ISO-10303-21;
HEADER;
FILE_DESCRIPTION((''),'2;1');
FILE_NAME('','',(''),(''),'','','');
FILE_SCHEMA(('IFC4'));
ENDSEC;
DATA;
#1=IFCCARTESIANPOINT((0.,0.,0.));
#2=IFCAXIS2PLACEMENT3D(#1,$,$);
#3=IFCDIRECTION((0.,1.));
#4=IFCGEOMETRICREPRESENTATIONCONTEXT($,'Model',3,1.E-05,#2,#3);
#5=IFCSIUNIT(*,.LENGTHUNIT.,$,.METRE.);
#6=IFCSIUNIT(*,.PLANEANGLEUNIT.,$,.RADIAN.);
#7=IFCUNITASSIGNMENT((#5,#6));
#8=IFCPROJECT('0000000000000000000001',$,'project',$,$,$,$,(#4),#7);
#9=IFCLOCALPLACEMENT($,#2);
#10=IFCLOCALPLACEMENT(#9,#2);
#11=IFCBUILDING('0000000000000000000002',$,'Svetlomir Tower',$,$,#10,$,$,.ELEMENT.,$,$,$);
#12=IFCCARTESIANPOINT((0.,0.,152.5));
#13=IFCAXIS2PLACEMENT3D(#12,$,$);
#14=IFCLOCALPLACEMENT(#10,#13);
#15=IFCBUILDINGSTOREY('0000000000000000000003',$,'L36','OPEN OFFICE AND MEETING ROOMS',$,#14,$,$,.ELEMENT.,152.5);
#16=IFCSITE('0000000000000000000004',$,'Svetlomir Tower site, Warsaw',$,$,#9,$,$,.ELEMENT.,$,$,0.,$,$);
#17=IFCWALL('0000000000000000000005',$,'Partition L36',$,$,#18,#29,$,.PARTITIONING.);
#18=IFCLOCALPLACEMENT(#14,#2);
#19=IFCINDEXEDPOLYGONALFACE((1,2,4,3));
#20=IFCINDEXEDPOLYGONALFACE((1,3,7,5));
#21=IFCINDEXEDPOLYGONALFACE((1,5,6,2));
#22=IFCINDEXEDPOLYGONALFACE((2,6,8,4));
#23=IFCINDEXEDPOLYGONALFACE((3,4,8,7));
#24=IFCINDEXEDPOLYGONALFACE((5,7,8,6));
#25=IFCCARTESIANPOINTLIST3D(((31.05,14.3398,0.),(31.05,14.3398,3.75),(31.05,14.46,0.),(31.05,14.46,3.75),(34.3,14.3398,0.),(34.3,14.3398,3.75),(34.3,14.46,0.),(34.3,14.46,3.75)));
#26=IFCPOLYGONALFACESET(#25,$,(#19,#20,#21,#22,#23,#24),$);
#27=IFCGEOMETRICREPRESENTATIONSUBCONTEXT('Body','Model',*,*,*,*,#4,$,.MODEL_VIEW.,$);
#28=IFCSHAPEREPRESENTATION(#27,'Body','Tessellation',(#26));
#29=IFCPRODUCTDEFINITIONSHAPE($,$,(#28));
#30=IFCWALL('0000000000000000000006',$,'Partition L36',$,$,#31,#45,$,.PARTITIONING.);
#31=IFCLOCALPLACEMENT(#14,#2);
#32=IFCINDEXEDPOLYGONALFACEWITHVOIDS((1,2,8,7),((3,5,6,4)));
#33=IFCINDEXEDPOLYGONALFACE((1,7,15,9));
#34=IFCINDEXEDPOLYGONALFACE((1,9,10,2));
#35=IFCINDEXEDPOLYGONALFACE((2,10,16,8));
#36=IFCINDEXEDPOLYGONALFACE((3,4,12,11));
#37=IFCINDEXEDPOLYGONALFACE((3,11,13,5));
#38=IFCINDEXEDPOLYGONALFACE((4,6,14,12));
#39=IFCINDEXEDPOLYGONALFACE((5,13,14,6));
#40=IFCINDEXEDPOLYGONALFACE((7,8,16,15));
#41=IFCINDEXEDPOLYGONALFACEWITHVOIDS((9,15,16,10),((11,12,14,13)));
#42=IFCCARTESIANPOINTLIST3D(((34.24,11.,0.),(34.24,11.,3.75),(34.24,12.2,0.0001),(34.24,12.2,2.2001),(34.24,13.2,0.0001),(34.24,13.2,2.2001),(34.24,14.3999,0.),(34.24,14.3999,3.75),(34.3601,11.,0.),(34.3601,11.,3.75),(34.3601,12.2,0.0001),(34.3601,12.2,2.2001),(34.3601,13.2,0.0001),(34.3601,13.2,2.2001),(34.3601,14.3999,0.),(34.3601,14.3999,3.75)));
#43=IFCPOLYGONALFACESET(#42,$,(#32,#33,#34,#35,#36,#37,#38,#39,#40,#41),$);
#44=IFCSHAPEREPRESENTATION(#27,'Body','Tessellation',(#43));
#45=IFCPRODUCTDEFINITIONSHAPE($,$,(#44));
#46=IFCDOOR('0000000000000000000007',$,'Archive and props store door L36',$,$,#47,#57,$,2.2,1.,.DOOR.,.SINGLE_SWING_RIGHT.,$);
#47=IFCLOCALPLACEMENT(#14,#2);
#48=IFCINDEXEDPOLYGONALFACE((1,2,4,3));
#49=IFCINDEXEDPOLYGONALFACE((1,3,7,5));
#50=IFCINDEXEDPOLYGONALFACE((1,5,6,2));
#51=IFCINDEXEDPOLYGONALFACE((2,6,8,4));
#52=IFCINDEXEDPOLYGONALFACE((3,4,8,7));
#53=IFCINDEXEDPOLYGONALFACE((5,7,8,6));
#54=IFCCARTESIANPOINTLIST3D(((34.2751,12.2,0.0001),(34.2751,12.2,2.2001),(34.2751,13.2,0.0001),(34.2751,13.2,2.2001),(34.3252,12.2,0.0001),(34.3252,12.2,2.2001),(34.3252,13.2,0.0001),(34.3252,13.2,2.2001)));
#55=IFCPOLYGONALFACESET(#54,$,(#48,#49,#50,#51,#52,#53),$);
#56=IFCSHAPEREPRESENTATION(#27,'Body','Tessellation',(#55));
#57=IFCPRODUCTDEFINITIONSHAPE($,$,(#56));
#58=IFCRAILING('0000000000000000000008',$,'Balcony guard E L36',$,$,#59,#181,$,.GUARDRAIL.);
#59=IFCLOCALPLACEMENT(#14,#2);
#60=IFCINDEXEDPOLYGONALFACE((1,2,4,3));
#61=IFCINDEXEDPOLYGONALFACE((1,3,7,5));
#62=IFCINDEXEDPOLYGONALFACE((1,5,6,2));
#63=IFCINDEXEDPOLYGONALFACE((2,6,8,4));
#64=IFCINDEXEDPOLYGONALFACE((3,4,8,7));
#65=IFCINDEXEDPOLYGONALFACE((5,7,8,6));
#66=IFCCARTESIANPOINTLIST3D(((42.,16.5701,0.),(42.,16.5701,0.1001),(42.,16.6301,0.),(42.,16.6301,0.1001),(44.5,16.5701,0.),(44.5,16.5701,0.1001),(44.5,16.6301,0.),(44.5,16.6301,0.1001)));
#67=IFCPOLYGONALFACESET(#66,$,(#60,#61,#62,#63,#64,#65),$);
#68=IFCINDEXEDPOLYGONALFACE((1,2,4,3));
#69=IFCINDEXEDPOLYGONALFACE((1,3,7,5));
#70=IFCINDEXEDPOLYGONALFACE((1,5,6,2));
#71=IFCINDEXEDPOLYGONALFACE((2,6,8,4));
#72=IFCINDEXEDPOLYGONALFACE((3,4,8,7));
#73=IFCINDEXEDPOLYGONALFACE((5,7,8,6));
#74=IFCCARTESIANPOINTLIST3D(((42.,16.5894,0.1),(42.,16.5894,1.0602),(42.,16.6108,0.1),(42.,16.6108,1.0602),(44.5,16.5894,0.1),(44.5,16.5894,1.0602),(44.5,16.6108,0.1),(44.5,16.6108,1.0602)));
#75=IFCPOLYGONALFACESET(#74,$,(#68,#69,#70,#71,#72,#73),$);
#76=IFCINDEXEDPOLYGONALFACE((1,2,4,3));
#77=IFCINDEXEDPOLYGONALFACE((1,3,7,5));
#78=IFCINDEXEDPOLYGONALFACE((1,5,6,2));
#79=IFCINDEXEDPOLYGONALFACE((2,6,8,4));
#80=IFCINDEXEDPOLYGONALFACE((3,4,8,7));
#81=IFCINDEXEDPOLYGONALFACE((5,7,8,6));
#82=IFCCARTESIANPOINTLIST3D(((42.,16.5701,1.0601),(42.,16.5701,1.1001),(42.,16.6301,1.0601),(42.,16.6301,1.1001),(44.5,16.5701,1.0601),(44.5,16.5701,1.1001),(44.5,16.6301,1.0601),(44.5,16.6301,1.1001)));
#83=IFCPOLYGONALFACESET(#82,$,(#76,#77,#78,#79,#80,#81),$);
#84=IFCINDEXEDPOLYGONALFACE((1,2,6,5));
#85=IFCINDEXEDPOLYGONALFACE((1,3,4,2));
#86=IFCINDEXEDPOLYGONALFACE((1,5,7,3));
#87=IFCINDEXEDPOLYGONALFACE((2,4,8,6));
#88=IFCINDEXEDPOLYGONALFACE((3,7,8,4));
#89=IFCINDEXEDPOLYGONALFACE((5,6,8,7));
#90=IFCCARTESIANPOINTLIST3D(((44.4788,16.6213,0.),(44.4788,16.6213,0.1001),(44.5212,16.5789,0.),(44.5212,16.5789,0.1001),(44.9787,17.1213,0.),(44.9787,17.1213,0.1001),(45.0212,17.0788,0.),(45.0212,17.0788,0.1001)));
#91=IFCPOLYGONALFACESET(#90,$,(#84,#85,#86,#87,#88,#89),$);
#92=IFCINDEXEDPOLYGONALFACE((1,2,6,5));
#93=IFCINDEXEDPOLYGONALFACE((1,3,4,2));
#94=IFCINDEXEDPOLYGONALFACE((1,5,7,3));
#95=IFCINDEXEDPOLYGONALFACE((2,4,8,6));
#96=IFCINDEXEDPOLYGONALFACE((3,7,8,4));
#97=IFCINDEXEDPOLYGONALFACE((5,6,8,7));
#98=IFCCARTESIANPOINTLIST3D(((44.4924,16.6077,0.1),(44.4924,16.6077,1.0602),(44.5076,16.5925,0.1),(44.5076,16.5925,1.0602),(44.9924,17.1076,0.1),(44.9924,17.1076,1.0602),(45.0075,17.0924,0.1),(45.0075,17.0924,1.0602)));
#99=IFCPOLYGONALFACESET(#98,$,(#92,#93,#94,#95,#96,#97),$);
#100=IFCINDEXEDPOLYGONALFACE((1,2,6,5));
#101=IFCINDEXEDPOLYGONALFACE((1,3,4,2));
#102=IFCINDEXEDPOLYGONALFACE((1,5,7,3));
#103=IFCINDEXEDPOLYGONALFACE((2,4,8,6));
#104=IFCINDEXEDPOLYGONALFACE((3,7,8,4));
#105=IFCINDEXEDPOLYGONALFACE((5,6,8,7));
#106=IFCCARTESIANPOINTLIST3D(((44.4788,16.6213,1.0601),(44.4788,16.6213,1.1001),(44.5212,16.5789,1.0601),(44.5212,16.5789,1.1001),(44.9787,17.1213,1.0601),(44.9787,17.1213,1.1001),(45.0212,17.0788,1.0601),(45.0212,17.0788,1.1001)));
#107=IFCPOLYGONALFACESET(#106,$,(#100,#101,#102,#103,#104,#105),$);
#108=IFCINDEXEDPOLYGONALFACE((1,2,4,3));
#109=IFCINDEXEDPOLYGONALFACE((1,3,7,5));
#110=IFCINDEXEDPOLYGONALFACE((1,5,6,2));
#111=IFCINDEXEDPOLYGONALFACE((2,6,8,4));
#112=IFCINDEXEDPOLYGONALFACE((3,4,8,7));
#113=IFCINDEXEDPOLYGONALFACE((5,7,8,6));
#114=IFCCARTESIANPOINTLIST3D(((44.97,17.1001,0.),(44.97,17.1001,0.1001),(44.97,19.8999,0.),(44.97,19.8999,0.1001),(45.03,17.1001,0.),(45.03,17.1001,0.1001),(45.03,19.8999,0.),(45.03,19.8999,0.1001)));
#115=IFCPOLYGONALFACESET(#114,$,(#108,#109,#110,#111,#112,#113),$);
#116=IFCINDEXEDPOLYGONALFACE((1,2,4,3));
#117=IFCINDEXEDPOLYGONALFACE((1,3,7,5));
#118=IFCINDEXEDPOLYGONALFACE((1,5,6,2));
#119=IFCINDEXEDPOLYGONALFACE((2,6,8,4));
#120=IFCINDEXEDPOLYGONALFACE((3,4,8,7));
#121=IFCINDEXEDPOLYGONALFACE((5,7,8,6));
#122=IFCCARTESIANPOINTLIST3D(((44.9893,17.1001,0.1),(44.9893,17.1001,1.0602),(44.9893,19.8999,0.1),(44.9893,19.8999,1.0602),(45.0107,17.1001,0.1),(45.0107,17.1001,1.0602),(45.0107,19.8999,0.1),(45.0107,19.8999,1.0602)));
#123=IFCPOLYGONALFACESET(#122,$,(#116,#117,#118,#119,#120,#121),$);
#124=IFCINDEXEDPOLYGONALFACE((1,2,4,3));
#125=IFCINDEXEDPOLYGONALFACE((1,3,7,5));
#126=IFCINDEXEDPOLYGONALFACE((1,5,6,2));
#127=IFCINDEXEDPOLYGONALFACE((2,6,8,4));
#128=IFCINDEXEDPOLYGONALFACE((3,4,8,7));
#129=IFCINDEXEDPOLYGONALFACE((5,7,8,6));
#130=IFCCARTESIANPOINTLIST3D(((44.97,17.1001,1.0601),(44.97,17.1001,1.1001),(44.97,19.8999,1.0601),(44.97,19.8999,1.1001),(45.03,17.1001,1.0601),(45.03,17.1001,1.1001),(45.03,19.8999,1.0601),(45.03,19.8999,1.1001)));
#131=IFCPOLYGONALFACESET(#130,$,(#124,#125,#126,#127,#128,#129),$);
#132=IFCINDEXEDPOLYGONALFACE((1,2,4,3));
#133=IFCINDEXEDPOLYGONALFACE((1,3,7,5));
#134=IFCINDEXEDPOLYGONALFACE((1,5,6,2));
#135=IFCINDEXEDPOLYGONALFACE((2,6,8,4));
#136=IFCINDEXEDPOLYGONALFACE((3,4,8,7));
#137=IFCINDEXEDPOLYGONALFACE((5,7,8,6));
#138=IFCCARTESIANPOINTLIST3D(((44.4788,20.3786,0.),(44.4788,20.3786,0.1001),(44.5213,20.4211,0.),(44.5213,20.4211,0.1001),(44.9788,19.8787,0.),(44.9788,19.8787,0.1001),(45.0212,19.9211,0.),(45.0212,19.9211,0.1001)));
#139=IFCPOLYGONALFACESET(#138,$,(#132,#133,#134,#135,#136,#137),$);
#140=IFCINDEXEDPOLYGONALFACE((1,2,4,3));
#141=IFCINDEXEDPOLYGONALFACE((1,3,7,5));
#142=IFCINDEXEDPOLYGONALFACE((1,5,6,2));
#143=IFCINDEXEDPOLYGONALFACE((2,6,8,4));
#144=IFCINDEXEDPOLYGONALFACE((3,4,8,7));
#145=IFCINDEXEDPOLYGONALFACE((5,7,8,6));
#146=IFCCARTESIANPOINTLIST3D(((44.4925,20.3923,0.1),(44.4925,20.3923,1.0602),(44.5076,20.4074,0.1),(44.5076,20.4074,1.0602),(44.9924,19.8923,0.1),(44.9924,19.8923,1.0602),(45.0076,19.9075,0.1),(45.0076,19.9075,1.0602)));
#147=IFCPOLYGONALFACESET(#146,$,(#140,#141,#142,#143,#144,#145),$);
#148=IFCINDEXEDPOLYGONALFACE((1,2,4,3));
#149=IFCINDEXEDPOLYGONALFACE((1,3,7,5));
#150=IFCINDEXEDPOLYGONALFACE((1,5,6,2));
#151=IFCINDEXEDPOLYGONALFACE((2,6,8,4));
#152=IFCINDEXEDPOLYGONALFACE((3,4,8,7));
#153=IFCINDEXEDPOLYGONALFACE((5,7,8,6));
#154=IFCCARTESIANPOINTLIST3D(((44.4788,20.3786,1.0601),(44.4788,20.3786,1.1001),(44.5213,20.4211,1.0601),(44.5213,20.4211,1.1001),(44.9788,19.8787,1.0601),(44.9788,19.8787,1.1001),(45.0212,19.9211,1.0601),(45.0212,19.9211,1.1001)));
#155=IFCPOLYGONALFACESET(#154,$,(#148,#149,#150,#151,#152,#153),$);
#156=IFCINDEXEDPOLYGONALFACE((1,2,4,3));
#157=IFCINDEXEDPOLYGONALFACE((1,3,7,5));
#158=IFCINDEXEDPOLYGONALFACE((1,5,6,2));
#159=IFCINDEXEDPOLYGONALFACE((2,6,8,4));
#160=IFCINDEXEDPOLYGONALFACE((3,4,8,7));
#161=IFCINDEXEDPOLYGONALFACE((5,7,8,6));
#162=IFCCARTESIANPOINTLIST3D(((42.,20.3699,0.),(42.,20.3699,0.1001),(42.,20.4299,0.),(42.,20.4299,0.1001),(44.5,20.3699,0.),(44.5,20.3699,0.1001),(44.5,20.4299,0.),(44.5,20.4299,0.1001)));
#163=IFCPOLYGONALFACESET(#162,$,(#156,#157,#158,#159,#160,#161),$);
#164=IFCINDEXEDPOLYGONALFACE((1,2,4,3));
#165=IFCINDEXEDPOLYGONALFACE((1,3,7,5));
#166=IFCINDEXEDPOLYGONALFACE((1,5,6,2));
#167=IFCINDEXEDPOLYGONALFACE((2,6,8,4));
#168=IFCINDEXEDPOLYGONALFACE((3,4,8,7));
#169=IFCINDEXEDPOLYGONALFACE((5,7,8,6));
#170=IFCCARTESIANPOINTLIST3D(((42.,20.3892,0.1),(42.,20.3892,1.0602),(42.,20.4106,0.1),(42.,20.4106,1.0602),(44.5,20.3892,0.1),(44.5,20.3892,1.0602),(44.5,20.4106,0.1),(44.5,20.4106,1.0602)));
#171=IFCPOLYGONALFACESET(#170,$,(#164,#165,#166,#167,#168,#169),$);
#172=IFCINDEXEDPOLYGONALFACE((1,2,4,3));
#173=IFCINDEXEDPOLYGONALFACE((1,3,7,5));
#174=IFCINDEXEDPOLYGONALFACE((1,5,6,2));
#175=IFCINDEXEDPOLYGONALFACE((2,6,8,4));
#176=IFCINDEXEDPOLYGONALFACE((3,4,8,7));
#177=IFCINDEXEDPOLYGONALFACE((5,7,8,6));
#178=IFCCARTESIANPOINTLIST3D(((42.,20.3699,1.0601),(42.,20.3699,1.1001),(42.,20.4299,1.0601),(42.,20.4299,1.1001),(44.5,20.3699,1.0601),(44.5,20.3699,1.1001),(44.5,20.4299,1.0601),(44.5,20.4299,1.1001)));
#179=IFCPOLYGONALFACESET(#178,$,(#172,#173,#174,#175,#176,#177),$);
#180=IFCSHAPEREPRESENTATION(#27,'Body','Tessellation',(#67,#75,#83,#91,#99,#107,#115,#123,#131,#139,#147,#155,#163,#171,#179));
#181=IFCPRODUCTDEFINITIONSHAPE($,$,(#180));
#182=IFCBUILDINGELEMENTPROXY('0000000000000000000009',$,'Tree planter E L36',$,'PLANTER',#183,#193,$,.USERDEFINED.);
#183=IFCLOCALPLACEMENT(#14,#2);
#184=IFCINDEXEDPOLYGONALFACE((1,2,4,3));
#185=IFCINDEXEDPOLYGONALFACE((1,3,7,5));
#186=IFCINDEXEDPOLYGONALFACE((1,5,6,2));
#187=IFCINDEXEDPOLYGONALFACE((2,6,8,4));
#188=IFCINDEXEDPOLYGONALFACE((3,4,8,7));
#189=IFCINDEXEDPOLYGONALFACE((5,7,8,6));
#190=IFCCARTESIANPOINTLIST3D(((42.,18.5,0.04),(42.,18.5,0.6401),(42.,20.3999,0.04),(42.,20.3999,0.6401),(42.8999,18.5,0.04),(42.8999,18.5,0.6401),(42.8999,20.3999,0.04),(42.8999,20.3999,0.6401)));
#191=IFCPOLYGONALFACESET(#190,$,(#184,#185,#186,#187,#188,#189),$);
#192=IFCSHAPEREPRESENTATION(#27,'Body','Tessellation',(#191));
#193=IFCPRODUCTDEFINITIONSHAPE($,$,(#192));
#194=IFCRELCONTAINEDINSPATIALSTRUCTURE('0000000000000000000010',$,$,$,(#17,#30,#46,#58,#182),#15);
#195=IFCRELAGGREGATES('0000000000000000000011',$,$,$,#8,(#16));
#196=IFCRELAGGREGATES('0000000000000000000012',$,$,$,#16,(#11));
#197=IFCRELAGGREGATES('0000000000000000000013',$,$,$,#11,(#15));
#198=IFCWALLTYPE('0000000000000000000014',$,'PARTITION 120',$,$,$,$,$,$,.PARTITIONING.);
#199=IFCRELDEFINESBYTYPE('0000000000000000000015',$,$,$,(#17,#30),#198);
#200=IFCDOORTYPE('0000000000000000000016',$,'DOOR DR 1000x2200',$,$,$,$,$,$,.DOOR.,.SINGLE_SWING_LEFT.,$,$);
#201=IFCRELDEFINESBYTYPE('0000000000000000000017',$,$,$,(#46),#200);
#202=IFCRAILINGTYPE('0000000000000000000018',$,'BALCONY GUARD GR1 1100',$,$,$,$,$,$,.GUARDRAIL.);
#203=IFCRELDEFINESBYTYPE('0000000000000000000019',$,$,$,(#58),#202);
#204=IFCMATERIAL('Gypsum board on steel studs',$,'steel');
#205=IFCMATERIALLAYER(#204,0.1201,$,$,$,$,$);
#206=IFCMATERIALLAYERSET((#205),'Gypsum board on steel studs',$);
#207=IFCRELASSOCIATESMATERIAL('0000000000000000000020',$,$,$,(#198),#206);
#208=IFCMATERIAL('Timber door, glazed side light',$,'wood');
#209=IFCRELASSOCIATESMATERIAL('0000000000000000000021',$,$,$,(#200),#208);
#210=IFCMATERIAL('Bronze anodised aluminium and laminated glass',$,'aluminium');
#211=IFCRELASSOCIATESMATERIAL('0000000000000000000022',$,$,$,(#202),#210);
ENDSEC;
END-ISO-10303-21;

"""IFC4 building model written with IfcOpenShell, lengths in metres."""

from ifc_helpers import new_model, si_unit, direction, frame, frame_2d, origin, origin_2d, place, context, subcontext, project, spatial, rectangle, extrude, material, layer, layer_set, type_object, element, fill, save


model = new_model("IFC4")

# Units and contexts
model_context = context("Model", 3, precision=1e-05, world=origin(), true_north=direction((0.0, 1.0)))
body_context = subcontext(model_context, "Body", "Model", "MODEL_VIEW")
ifc_project = project(units=[si_unit("LENGTHUNIT", "METRE"), si_unit("PLANEANGLEUNIT", "RADIAN")], contexts=[model_context])

# Site, building, storey
site_placement = place(None, origin())
site = spatial("IfcSite", under=ifc_project, at=site_placement, Name="Svetlomir Tower site, Warsaw", CompositionType="ELEMENT", RefElevation=0.0)
building_placement = place(site_placement, origin())
building = spatial("IfcBuilding", under=site, at=building_placement, Name="Svetlomir Tower", CompositionType="ELEMENT")
storey_placement = place(building_placement, frame((0.0, 0.0, 152.5)))
storey = spatial("IfcBuildingStorey", under=building, at=storey_placement, Name="L36", Description="OPEN OFFICE AND MEETING ROOMS", CompositionType="ELEMENT", Elevation=152.5)

# Wall
ifc_material_1 = material(Name="Gypsum board on steel studs", Category="steel")
ifc_layer_1 = layer(ifc_material_1, 0.1201)
ifc_layer_set_1 = layer_set([ifc_layer_1], Name="Gypsum board on steel studs")
wall_type_1 = type_object("IfcWallType", Name="PARTITION 120", PredefinedType="PARTITIONING", material=ifc_layer_set_1)
wall_1_placement = place(storey_placement, frame((31.05, 14.3999, 0.0), z_axis=(0.0, 0.0, 1.0), x_axis=(1.0, 0.0, 0.0)))
element("IfcWall", 1, at=wall_1_placement, inside=storey, type_object=wall_type_1, Name="Partition L36", PredefinedType="PARTITIONING", context=body_context, shape_type="SweptSolid", body=[
    extrude(rectangle(XDim=3.25, YDim=0.1201, at=frame_2d((1.625, 0.0))), origin(), (0.0, 0.0, 1.0), 3.75),
])

# Wall, opening, door
wall_2_placement = place(storey_placement, frame((34.3, 11.0, 0.0), z_axis=(0.0, 0.0, 1.0), x_axis=(0.0, 1.0, 0.0)))
wall_2 = element("IfcWall", 2, at=wall_2_placement, inside=storey, type_object=wall_type_1, Name="Partition L36", PredefinedType="PARTITIONING", context=body_context, shape_type="SweptSolid", body=[
    extrude(rectangle(XDim=3.3999, YDim=0.1201, at=frame_2d((1.7, 0.0))), origin(), (0.0, 0.0, 1.0), 3.75),
])
opening_1_placement = place(wall_2_placement, frame((1.2, 0.0, 0.0)))
opening_1 = element("IfcOpeningElement", 3, at=opening_1_placement, cuts=wall_2, PredefinedType="OPENING", context=body_context, shape_type="SweptSolid", body=[
    extrude(rectangle(XDim=1.0, YDim=2.2, at=frame_2d((0.5, 1.1001))), frame((0.0, 0.0701, 0.0), z_axis=(0.0, -1.0, 0.0), x_axis=(1.0, 0.0, 0.0)), (0.0, 0.0, 1.0), 0.1401),
])
ifc_material_2 = material(Name="Timber door, glazed side light", Category="wood")
door_type_1 = type_object("IfcDoorType", Name="DOOR DR 1000x2200", OperationType="SINGLE_SWING_LEFT", PredefinedType="DOOR", material=ifc_material_2)
door_1_placement = place(opening_1_placement, origin())
door_1 = element("IfcDoor", 4, at=door_1_placement, inside=storey, type_object=door_type_1, Name="Archive and props store door L36", OperationType="SINGLE_SWING_RIGHT", OverallHeight=2.2, OverallWidth=1.0, PredefinedType="DOOR", context=body_context, shape_type="SweptSolid", body=[
    extrude(rectangle(XDim=1.0, YDim=2.2, at=frame_2d((0.5, 1.1001))), frame((0.0, 0.0249, 0.0), z_axis=(0.0, -1.0, 0.0), x_axis=(1.0, 0.0, 0.0)), (0.0, 0.0, 1.0), 0.05),
])
fill(opening_1, door_1)

# Railing
ifc_material_3 = material(Name="Bronze anodised aluminium and laminated glass", Category="aluminium")
railing_type = type_object("IfcRailingType", Name="BALCONY GUARD GR1 1100", PredefinedType="GUARDRAIL", material=ifc_material_3)
railing_placement = place(storey_placement, frame((42.0, 16.6001, 0.0)))
element("IfcRailing", 5, at=railing_placement, inside=storey, type_object=railing_type, Name="Balcony guard E L36", PredefinedType="GUARDRAIL", context=body_context, shape_type="SweptSolid", body=[
    extrude(rectangle(XDim=0.0601, YDim=0.1001, at=origin_2d()), frame((0.0, 0.0, 0.05), z_axis=(1.0, 0.0, 0.0), x_axis=(0.0, 1.0, 0.0)), (0.0, 0.0, 1.0), 2.5),
    extrude(rectangle(XDim=0.0215, YDim=0.9602, at=origin_2d()), frame((0.0, 0.0, 0.5801), z_axis=(1.0, 0.0, 0.0), x_axis=(0.0, 1.0, 0.0)), (0.0, 0.0, 1.0), 2.5),
    extrude(rectangle(XDim=0.0601, YDim=0.04, at=origin_2d()), frame((0.0, 0.0, 1.0801), z_axis=(1.0, 0.0, 0.0), x_axis=(0.0, 1.0, 0.0)), (0.0, 0.0, 1.0), 2.5),
    extrude(rectangle(XDim=0.0601, YDim=0.1001, at=origin_2d()), frame((2.5, 0.0, 0.05), z_axis=(0.707107, 0.707107, 0.0), x_axis=(-0.707107, 0.707107, 0.0)), (0.0, 0.0, 1.0), 0.707),
    extrude(rectangle(XDim=0.0215, YDim=0.9602, at=origin_2d()), frame((2.5, 0.0, 0.5801), z_axis=(0.707107, 0.707107, 0.0), x_axis=(-0.707107, 0.707107, 0.0)), (0.0, 0.0, 1.0), 0.707),
    extrude(rectangle(XDim=0.0601, YDim=0.04, at=origin_2d()), frame((2.5, 0.0, 1.0801), z_axis=(0.707107, 0.707107, 0.0), x_axis=(-0.707107, 0.707107, 0.0)), (0.0, 0.0, 1.0), 0.707),
    extrude(rectangle(XDim=0.0601, YDim=0.1001, at=origin_2d()), frame((3.0, 0.5, 0.05), z_axis=(0.0, 1.0, 0.0), x_axis=(-1.0, 0.0, 0.0)), (0.0, 0.0, 1.0), 2.7998),
    extrude(rectangle(XDim=0.0215, YDim=0.9602, at=origin_2d()), frame((3.0, 0.5, 0.5801), z_axis=(0.0, 1.0, 0.0), x_axis=(-1.0, 0.0, 0.0)), (0.0, 0.0, 1.0), 2.7998),
    extrude(rectangle(XDim=0.0601, YDim=0.04, at=origin_2d()), frame((3.0, 0.5, 1.0801), z_axis=(0.0, 1.0, 0.0), x_axis=(-1.0, 0.0, 0.0)), (0.0, 0.0, 1.0), 2.7998),
    extrude(rectangle(XDim=0.0601, YDim=0.1001, at=origin_2d()), frame((3.0, 3.2998, 0.05), z_axis=(-0.707107, 0.707107, 0.0), x_axis=(-0.707107, -0.707107, 0.0)), (0.0, 0.0, 1.0), 0.707),
    extrude(rectangle(XDim=0.0215, YDim=0.9602, at=origin_2d()), frame((3.0, 3.2998, 0.5801), z_axis=(-0.707107, 0.707107, 0.0), x_axis=(-0.707107, -0.707107, 0.0)), (0.0, 0.0, 1.0), 0.707),
    extrude(rectangle(XDim=0.0601, YDim=0.04, at=origin_2d()), frame((3.0, 3.2998, 1.0801), z_axis=(-0.707107, 0.707107, 0.0), x_axis=(-0.707107, -0.707107, 0.0)), (0.0, 0.0, 1.0), 0.707),
    extrude(rectangle(XDim=0.0601, YDim=0.1001, at=origin_2d()), frame((2.5, 3.7998, 0.05), z_axis=(-1.0, 0.0, 0.0), x_axis=(0.0, -1.0, 0.0)), (0.0, 0.0, 1.0), 2.5),
    extrude(rectangle(XDim=0.0215, YDim=0.9602, at=origin_2d()), frame((2.5, 3.7998, 0.5801), z_axis=(-1.0, 0.0, 0.0), x_axis=(0.0, -1.0, 0.0)), (0.0, 0.0, 1.0), 2.5),
    extrude(rectangle(XDim=0.0601, YDim=0.04, at=origin_2d()), frame((2.5, 3.7998, 1.0801), z_axis=(-1.0, 0.0, 0.0), x_axis=(0.0, -1.0, 0.0)), (0.0, 0.0, 1.0), 2.5),
])

# Building element proxy
proxy_placement = place(storey_placement, frame((42.45, 19.45, 0.04), z_axis=(0.0, 0.0, 1.0), x_axis=(1.0, 0.0, 0.0)))
element("IfcBuildingElementProxy", 6, at=proxy_placement, inside=storey, Name="Tree planter E L36", ObjectType="PLANTER", PredefinedType="USERDEFINED", context=body_context, shape_type="SweptSolid", body=[
    extrude(rectangle(XDim=0.8999, YDim=1.8999, at=origin_2d()), origin(), (0.0, 0.0, 1.0), 0.6001),
])

save(model, "model.ifc")
